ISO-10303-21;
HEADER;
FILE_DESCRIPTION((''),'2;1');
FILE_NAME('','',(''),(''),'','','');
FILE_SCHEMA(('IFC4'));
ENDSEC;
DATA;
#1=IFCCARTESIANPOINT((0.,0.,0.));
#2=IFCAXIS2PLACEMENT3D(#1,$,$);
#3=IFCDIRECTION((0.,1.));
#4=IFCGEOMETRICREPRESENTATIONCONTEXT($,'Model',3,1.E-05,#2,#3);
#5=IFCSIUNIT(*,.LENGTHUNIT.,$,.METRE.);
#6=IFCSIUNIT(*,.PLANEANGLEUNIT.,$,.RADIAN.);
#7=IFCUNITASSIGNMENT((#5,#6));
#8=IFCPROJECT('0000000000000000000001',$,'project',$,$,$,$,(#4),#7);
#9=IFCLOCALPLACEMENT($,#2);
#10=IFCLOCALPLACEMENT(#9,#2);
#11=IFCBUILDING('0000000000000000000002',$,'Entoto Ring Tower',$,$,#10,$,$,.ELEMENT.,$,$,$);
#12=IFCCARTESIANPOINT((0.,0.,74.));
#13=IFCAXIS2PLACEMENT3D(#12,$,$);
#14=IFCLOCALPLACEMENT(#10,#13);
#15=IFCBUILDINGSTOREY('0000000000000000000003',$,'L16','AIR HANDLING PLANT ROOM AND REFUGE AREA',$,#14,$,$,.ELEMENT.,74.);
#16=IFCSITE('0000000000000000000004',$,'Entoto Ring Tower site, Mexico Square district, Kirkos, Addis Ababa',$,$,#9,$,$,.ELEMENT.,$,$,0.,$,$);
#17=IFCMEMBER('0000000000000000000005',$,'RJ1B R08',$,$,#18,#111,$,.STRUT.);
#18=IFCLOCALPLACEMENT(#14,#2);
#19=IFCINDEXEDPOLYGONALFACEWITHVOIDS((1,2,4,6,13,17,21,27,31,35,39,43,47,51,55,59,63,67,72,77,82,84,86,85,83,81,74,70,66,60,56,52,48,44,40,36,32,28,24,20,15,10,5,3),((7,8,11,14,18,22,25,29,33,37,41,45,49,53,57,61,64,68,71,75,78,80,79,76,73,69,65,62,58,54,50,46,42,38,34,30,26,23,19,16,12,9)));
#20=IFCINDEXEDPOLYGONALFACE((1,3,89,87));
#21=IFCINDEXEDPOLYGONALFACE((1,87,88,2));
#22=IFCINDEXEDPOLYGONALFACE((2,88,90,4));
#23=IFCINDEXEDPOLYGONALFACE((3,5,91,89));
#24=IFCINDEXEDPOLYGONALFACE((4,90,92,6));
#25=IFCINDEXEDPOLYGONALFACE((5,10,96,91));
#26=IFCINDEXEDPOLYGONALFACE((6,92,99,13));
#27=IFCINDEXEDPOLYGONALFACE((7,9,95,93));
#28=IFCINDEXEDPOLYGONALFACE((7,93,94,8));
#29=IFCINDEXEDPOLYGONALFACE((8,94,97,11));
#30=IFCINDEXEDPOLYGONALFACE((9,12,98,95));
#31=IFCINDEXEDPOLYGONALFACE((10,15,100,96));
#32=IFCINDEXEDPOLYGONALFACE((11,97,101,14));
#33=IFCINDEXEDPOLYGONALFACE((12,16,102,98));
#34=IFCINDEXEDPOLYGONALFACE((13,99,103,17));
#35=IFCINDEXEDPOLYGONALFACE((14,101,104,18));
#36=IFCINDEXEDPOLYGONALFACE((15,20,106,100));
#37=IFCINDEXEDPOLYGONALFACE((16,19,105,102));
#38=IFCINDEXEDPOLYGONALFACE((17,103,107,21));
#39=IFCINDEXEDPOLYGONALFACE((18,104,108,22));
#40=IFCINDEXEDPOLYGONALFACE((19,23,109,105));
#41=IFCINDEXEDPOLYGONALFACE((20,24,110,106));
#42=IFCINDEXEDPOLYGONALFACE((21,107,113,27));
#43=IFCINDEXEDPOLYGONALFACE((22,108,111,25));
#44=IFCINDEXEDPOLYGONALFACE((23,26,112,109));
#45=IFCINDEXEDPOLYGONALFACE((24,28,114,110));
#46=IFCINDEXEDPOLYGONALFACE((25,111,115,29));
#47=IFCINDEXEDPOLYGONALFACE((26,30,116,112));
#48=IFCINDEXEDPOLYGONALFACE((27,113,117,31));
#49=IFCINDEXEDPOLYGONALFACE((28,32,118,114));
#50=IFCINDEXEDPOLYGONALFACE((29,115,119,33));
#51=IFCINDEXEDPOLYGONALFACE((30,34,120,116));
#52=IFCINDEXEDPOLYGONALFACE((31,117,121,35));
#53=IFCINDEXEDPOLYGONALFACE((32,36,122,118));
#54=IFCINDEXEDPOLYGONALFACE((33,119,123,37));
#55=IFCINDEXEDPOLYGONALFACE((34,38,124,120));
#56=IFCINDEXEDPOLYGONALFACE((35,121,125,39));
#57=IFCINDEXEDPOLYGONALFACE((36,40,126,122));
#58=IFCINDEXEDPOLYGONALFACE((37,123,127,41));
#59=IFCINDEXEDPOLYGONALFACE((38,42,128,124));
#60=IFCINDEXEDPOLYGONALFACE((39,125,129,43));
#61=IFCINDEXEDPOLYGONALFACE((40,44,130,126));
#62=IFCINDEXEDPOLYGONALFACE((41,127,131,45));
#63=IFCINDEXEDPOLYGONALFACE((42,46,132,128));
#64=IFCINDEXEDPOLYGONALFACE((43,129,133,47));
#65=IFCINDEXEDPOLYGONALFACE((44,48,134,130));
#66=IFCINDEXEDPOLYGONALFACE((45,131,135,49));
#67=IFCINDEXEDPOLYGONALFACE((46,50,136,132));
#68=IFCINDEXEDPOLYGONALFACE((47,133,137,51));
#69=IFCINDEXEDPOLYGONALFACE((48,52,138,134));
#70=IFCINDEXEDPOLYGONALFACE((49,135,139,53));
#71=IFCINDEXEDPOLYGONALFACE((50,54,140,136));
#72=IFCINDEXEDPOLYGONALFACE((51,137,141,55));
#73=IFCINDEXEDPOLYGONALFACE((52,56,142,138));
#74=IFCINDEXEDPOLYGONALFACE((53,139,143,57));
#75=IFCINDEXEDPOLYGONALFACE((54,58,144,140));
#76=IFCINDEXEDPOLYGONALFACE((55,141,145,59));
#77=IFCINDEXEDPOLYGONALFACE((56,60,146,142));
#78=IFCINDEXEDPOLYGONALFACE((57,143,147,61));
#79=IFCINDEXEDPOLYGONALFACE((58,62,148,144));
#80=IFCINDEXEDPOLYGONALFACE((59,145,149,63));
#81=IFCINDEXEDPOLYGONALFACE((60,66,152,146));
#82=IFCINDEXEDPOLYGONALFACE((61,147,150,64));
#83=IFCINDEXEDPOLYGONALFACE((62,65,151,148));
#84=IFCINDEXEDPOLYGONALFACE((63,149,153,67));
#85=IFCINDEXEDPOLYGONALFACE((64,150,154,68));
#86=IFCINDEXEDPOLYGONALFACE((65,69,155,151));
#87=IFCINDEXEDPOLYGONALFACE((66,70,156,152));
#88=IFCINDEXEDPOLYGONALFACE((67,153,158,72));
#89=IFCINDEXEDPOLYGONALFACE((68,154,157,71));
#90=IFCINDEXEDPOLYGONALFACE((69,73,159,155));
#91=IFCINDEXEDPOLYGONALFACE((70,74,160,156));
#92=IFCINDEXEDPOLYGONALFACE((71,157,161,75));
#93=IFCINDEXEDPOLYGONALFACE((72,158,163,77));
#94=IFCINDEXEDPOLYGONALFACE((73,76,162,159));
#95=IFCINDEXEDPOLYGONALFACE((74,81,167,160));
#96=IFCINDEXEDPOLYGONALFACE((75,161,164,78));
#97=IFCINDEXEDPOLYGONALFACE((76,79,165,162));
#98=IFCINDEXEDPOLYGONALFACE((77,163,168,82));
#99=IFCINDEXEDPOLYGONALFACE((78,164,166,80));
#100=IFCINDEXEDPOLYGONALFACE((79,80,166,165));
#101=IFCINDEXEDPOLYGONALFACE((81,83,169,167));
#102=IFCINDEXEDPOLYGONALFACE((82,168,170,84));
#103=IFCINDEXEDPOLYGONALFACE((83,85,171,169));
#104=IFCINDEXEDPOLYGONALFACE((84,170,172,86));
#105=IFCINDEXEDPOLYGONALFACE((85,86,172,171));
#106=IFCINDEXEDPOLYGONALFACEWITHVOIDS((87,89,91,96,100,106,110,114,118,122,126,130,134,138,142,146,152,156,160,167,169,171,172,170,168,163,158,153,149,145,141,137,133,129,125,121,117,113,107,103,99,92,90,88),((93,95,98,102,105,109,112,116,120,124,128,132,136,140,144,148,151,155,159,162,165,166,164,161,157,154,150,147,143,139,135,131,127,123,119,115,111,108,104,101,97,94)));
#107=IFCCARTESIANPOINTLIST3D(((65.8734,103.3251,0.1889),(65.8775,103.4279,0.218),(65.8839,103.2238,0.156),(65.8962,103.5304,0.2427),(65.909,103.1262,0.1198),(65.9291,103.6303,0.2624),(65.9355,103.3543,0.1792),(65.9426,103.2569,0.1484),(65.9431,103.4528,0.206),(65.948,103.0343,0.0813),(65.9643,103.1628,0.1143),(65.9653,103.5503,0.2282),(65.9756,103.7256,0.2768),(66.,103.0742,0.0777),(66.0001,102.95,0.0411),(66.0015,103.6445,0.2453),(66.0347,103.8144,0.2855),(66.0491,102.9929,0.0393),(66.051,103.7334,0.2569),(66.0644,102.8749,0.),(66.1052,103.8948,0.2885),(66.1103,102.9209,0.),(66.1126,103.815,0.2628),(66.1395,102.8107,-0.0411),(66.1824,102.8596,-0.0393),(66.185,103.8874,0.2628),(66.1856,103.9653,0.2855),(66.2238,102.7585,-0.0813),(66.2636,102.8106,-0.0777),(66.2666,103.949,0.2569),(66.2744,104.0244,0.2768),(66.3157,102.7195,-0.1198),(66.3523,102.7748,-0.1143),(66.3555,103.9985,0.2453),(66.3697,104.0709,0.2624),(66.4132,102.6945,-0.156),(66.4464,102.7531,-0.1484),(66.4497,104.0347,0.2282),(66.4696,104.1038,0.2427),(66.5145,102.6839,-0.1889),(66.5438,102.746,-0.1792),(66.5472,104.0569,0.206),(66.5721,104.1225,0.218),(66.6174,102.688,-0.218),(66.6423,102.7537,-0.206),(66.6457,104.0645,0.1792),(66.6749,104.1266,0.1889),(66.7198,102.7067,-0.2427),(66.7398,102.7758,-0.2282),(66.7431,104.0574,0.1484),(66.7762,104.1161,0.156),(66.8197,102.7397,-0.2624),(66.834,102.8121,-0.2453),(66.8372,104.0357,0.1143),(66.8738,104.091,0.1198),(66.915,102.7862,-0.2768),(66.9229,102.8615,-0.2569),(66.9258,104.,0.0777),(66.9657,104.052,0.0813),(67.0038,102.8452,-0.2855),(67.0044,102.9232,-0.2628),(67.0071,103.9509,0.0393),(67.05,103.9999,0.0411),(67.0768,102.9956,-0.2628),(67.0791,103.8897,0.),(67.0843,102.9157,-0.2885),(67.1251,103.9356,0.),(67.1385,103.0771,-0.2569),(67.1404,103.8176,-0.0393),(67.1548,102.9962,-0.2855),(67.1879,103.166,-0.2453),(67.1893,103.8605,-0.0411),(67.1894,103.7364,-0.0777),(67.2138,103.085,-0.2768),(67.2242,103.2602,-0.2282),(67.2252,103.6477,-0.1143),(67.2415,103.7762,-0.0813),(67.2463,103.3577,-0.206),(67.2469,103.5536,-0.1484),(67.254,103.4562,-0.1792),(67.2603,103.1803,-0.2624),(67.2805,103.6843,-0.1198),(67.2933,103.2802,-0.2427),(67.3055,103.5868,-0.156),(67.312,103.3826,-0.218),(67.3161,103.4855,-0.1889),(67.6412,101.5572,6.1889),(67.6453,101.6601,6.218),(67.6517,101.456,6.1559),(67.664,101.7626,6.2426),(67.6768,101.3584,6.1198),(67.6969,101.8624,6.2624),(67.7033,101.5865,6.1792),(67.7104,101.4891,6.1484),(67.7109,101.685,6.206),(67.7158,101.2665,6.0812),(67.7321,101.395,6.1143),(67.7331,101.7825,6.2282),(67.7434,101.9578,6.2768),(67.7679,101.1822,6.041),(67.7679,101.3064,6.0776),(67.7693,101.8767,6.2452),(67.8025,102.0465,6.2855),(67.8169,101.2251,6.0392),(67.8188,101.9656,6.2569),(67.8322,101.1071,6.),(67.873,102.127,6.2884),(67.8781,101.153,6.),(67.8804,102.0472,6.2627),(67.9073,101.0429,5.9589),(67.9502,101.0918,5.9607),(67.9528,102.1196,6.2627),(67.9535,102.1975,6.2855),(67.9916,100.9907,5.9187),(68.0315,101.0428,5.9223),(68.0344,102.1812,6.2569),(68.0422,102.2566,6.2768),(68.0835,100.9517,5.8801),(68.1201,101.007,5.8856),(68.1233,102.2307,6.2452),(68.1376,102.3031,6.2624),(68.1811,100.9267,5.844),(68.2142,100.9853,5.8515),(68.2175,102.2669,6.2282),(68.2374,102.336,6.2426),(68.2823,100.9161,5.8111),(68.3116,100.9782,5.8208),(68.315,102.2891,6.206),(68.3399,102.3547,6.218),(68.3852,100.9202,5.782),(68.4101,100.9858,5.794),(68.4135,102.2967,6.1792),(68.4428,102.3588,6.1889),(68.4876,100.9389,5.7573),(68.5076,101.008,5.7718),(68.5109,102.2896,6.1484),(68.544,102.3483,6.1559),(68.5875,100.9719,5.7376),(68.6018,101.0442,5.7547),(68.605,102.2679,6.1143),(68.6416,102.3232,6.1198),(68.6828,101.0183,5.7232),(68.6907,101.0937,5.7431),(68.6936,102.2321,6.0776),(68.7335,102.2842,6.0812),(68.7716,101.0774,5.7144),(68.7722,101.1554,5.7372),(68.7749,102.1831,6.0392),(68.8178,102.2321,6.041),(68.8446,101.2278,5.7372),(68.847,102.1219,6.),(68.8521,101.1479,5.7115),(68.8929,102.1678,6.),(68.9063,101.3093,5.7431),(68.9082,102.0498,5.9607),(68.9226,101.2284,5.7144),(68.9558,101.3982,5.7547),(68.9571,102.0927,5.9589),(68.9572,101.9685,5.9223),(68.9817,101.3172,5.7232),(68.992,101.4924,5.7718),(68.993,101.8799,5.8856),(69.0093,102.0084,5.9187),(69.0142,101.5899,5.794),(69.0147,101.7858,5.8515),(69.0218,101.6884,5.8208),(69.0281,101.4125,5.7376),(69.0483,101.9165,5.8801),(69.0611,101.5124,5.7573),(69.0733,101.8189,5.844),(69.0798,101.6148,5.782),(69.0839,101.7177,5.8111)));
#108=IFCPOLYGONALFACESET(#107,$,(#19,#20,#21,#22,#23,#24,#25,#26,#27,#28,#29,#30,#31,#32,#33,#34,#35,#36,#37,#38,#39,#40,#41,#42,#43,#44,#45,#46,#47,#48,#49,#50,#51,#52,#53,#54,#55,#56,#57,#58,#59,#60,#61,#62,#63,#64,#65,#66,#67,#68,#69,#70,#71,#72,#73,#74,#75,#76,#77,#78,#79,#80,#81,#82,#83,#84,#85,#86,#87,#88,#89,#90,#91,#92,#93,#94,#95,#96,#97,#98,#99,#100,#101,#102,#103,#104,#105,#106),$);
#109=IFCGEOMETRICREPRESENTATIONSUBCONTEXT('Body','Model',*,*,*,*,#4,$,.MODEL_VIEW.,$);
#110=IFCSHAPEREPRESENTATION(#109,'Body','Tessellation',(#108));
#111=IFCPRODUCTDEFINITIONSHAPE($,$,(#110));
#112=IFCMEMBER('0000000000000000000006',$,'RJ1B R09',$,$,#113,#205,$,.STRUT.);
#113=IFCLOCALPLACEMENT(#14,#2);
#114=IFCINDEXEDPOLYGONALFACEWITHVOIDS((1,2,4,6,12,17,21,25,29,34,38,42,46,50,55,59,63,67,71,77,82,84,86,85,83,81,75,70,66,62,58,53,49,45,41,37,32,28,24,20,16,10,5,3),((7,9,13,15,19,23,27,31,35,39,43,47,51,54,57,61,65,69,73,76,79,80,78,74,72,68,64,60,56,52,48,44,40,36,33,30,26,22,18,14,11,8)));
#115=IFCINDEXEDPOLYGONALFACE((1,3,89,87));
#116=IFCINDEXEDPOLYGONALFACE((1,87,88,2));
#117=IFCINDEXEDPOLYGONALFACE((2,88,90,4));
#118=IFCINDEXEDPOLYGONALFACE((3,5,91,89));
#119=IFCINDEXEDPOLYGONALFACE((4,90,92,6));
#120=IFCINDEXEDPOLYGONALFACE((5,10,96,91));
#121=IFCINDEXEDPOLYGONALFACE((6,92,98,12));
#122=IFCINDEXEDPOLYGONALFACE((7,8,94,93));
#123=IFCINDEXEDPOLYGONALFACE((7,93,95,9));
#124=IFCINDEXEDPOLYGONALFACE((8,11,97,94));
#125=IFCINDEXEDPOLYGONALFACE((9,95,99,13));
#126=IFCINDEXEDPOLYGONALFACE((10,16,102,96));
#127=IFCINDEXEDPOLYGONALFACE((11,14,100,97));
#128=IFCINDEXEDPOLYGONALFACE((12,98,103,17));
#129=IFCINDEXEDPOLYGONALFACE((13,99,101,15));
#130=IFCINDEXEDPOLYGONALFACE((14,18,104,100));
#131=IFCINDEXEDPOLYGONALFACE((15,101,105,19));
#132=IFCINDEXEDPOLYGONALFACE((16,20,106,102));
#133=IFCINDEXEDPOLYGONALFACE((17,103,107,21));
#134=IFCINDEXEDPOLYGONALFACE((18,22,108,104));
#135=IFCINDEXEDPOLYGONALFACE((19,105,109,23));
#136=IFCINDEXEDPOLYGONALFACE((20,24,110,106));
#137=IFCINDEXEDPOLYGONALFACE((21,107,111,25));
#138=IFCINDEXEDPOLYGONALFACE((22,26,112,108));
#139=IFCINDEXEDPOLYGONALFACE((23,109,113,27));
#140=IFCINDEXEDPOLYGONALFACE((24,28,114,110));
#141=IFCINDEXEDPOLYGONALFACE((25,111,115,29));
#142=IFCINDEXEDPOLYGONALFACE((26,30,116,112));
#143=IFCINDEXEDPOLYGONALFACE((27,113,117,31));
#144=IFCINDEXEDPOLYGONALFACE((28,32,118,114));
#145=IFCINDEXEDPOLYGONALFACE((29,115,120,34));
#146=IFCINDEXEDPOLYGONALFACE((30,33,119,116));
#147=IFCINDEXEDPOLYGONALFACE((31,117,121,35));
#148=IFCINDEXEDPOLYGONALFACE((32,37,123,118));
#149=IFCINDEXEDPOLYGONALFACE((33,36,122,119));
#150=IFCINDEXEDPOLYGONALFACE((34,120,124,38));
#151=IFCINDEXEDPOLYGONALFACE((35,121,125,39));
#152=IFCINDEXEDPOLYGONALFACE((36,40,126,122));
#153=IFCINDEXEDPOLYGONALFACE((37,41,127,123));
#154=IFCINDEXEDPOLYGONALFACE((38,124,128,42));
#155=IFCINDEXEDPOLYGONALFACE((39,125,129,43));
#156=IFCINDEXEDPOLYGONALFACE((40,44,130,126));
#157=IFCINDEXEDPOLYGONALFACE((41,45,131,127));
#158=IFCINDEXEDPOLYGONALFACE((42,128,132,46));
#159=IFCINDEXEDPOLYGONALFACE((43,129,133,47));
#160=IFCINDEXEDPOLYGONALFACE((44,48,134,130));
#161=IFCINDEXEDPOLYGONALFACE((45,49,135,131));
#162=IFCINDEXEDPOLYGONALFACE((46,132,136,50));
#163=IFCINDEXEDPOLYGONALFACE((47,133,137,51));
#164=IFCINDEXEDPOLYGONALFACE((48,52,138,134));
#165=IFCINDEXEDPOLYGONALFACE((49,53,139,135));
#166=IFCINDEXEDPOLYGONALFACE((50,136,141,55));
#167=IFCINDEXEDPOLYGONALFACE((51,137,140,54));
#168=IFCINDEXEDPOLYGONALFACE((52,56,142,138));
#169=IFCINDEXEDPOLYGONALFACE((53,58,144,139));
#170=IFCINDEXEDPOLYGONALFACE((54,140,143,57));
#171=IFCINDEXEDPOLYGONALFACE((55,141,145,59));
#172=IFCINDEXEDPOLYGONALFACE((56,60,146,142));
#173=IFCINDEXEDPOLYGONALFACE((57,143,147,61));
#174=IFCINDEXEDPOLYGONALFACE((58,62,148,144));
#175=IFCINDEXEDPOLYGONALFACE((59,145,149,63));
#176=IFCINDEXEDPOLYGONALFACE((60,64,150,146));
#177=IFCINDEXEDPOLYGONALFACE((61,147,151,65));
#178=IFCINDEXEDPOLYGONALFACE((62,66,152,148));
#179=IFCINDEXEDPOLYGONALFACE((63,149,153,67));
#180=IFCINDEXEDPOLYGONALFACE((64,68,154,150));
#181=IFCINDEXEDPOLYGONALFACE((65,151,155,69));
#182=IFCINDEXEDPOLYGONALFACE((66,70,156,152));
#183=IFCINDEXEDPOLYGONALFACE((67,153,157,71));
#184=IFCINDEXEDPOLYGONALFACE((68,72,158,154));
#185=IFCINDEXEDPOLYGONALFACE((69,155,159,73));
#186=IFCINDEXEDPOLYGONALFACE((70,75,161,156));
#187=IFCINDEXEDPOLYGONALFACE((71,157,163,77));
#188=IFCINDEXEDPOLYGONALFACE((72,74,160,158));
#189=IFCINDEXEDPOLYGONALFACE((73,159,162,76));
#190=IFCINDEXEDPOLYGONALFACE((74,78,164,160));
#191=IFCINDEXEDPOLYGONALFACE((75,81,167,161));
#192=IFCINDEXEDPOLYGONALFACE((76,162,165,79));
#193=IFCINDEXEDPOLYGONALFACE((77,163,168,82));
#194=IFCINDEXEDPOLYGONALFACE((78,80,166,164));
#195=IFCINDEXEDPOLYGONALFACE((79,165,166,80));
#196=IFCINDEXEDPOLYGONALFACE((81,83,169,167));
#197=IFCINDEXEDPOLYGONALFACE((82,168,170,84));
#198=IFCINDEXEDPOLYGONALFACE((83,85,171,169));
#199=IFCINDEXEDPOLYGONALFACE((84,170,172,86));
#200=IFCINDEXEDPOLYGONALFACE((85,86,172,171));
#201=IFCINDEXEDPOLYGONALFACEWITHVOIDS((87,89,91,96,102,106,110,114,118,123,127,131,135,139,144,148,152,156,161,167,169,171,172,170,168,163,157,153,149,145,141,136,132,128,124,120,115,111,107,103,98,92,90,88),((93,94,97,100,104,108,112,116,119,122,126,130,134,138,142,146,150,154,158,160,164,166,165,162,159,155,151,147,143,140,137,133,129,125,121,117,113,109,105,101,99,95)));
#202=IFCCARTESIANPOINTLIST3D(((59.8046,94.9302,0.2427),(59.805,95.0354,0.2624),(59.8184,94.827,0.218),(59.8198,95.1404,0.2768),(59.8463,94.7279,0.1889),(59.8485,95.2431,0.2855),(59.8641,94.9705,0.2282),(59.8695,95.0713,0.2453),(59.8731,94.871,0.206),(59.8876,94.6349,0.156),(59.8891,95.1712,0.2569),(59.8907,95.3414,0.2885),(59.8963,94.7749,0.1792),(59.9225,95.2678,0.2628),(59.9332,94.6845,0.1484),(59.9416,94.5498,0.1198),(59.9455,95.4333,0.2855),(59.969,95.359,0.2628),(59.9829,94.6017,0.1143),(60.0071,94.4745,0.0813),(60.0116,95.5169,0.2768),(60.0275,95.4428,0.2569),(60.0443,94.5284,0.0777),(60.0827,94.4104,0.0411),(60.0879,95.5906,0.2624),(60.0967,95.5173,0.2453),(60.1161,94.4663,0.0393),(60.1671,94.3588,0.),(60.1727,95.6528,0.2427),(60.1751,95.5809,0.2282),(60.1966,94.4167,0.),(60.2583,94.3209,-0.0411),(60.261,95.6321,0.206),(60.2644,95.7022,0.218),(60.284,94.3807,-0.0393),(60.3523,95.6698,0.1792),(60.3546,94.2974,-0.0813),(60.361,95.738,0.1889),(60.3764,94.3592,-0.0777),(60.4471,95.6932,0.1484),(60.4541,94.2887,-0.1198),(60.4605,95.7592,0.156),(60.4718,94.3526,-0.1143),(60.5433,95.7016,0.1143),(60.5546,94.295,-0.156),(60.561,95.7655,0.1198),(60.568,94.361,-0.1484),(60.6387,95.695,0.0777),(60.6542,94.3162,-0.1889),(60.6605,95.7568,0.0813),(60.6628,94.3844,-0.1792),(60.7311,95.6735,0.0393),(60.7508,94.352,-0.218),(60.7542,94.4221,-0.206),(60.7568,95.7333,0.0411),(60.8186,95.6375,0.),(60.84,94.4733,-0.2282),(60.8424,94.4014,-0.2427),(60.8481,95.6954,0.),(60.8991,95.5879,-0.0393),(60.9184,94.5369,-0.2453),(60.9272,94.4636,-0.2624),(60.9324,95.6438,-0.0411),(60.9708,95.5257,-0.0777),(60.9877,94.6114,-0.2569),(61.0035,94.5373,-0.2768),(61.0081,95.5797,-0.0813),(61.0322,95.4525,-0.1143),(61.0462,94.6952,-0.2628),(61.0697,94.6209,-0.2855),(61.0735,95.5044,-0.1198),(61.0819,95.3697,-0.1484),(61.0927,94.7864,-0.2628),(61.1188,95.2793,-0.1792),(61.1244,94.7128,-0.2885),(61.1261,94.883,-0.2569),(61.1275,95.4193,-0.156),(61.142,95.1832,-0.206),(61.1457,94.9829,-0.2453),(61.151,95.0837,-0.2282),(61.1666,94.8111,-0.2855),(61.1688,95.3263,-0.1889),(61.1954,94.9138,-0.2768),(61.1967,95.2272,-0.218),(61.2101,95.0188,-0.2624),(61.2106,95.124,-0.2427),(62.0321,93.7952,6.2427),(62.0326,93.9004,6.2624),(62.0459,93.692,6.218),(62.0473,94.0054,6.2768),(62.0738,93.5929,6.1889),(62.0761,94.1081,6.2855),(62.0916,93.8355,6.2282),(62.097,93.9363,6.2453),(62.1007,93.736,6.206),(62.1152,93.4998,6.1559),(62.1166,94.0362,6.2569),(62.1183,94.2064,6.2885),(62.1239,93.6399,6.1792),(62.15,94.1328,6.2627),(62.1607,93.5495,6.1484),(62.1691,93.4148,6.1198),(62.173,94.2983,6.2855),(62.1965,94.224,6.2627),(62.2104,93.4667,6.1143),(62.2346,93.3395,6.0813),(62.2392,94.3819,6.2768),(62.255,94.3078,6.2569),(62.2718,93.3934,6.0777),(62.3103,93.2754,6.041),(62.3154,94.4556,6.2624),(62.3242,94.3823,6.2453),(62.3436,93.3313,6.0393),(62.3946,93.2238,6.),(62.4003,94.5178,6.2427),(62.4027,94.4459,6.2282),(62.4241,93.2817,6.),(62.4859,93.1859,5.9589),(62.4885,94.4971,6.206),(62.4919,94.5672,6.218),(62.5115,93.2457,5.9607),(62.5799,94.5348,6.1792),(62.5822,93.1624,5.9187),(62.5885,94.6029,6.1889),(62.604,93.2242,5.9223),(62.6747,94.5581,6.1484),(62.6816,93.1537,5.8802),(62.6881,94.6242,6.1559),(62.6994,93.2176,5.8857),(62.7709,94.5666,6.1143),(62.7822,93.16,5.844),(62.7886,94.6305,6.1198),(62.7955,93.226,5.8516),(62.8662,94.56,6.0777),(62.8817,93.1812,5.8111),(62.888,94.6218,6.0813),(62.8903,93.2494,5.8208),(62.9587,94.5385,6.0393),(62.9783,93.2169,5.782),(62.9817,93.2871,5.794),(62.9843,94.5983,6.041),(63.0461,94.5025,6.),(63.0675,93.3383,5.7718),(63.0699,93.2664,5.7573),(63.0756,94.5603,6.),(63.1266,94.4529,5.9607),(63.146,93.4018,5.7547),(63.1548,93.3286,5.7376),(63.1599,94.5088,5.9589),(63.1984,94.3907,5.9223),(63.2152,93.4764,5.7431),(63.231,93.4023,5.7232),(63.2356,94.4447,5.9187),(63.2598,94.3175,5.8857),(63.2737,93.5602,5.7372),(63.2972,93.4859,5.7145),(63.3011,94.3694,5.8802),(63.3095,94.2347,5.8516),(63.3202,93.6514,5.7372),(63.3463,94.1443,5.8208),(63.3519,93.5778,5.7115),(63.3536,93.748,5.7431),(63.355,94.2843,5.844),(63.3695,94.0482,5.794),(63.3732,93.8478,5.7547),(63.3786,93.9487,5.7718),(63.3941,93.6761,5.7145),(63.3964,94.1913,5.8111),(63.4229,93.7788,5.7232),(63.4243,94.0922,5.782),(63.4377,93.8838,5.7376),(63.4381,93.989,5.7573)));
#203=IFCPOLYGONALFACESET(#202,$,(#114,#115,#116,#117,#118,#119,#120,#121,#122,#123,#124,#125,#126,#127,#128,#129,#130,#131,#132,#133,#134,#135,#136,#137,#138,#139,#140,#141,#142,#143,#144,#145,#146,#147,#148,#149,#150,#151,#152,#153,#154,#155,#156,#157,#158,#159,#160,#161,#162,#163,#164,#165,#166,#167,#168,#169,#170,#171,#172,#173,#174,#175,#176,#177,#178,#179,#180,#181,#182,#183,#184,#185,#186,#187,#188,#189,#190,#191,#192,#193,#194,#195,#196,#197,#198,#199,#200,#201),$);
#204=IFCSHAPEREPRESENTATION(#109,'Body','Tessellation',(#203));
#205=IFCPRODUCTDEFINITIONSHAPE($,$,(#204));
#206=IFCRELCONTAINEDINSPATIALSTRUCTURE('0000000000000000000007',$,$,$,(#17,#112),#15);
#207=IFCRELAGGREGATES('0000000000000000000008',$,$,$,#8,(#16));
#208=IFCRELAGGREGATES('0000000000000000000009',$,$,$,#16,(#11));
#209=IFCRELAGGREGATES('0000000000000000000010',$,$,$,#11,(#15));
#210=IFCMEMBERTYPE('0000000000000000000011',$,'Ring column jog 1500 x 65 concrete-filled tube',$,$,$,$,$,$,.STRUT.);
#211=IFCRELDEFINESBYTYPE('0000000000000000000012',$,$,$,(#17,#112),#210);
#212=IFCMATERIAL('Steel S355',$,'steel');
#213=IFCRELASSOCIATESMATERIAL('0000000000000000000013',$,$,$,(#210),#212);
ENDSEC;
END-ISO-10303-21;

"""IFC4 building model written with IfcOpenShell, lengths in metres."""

from ifc_helpers import new_model, si_unit, direction, frame, origin, origin_2d, place, context, subcontext, project, spatial, circle, hollow_circle, extrude, material, material_profile, profile_set, type_object, element, save


model = new_model("IFC4")

# Units and contexts
model_context = context("Model", 3, precision=1e-05, world=origin(), true_north=direction((0.0, 1.0)))
body_context = subcontext(model_context, "Body", "Model", "MODEL_VIEW")
ifc_project = project(units=[si_unit("LENGTHUNIT", "METRE"), si_unit("PLANEANGLEUNIT", "RADIAN")], contexts=[model_context])

# Site, building, storey
site_placement = place(None, origin())
site = spatial("IfcSite", under=ifc_project, at=site_placement, Name="Entoto Ring Tower site, Mexico Square district, Kirkos, Addis Ababa", CompositionType="ELEMENT", RefElevation=0.0)
building_placement = place(site_placement, origin())
building = spatial("IfcBuilding", under=site, at=building_placement, Name="Entoto Ring Tower", CompositionType="ELEMENT")
storey_placement = place(building_placement, frame((0.0, 0.0, 74.0)))
storey = spatial("IfcBuildingStorey", under=building, at=storey_placement, Name="L16", Description="AIR HANDLING PLANT ROOM AND REFUGE AREA", CompositionType="ELEMENT", Elevation=74.0)

# Members
ifc_material_1 = material(Name="Steel S355", Category="steel")
ifc_material_profile_1 = material_profile(ifc_material_1, hollow_circle(Radius=0.75, WallThickness=0.0649, at=origin_2d()), Name="CHS 1500 x 65")
ifc_material_2 = material(Name="Concrete C60/75", Category="concrete")
ifc_material_profile_2 = material_profile(ifc_material_2, circle(Radius=0.6851, at=origin_2d()), Name="Concrete C60/75 infill")
ifc_profile_set_1 = profile_set([ifc_material_profile_1, ifc_material_profile_2], Name="Steel S355")
member_type_1 = type_object("IfcMemberType", Name="Ring column jog 1500 x 65 concrete-filled tube", PredefinedType="STRUT", material=ifc_profile_set_1)
for number, where, z_axis, x_axis, name in (
    (1, (66.5947, 103.4053, 0.0), (0.271971, -0.271971, 0.923073), (0.707107, 0.707107, 0.0), "RJ1B R08"),
    (2, (60.5076, 95.0271, 0.0), (0.342698, -0.174617, 0.923075), (0.453997, 0.891003, 0.0), "RJ1B R09"),
):
    element("IfcMember", number, at=place(storey_placement, frame(where, z_axis=z_axis, x_axis=x_axis)), inside=storey, type_object=member_type_1, Name=name, PredefinedType="STRUT", context=body_context, shape_type="SweptSolid", body=[
        extrude(hollow_circle(Radius=0.75, WallThickness=0.0649, at=origin_2d()), origin(), (0.0, 0.0, 1.0), 6.5),
    ])

save(model, "model.ifc")
